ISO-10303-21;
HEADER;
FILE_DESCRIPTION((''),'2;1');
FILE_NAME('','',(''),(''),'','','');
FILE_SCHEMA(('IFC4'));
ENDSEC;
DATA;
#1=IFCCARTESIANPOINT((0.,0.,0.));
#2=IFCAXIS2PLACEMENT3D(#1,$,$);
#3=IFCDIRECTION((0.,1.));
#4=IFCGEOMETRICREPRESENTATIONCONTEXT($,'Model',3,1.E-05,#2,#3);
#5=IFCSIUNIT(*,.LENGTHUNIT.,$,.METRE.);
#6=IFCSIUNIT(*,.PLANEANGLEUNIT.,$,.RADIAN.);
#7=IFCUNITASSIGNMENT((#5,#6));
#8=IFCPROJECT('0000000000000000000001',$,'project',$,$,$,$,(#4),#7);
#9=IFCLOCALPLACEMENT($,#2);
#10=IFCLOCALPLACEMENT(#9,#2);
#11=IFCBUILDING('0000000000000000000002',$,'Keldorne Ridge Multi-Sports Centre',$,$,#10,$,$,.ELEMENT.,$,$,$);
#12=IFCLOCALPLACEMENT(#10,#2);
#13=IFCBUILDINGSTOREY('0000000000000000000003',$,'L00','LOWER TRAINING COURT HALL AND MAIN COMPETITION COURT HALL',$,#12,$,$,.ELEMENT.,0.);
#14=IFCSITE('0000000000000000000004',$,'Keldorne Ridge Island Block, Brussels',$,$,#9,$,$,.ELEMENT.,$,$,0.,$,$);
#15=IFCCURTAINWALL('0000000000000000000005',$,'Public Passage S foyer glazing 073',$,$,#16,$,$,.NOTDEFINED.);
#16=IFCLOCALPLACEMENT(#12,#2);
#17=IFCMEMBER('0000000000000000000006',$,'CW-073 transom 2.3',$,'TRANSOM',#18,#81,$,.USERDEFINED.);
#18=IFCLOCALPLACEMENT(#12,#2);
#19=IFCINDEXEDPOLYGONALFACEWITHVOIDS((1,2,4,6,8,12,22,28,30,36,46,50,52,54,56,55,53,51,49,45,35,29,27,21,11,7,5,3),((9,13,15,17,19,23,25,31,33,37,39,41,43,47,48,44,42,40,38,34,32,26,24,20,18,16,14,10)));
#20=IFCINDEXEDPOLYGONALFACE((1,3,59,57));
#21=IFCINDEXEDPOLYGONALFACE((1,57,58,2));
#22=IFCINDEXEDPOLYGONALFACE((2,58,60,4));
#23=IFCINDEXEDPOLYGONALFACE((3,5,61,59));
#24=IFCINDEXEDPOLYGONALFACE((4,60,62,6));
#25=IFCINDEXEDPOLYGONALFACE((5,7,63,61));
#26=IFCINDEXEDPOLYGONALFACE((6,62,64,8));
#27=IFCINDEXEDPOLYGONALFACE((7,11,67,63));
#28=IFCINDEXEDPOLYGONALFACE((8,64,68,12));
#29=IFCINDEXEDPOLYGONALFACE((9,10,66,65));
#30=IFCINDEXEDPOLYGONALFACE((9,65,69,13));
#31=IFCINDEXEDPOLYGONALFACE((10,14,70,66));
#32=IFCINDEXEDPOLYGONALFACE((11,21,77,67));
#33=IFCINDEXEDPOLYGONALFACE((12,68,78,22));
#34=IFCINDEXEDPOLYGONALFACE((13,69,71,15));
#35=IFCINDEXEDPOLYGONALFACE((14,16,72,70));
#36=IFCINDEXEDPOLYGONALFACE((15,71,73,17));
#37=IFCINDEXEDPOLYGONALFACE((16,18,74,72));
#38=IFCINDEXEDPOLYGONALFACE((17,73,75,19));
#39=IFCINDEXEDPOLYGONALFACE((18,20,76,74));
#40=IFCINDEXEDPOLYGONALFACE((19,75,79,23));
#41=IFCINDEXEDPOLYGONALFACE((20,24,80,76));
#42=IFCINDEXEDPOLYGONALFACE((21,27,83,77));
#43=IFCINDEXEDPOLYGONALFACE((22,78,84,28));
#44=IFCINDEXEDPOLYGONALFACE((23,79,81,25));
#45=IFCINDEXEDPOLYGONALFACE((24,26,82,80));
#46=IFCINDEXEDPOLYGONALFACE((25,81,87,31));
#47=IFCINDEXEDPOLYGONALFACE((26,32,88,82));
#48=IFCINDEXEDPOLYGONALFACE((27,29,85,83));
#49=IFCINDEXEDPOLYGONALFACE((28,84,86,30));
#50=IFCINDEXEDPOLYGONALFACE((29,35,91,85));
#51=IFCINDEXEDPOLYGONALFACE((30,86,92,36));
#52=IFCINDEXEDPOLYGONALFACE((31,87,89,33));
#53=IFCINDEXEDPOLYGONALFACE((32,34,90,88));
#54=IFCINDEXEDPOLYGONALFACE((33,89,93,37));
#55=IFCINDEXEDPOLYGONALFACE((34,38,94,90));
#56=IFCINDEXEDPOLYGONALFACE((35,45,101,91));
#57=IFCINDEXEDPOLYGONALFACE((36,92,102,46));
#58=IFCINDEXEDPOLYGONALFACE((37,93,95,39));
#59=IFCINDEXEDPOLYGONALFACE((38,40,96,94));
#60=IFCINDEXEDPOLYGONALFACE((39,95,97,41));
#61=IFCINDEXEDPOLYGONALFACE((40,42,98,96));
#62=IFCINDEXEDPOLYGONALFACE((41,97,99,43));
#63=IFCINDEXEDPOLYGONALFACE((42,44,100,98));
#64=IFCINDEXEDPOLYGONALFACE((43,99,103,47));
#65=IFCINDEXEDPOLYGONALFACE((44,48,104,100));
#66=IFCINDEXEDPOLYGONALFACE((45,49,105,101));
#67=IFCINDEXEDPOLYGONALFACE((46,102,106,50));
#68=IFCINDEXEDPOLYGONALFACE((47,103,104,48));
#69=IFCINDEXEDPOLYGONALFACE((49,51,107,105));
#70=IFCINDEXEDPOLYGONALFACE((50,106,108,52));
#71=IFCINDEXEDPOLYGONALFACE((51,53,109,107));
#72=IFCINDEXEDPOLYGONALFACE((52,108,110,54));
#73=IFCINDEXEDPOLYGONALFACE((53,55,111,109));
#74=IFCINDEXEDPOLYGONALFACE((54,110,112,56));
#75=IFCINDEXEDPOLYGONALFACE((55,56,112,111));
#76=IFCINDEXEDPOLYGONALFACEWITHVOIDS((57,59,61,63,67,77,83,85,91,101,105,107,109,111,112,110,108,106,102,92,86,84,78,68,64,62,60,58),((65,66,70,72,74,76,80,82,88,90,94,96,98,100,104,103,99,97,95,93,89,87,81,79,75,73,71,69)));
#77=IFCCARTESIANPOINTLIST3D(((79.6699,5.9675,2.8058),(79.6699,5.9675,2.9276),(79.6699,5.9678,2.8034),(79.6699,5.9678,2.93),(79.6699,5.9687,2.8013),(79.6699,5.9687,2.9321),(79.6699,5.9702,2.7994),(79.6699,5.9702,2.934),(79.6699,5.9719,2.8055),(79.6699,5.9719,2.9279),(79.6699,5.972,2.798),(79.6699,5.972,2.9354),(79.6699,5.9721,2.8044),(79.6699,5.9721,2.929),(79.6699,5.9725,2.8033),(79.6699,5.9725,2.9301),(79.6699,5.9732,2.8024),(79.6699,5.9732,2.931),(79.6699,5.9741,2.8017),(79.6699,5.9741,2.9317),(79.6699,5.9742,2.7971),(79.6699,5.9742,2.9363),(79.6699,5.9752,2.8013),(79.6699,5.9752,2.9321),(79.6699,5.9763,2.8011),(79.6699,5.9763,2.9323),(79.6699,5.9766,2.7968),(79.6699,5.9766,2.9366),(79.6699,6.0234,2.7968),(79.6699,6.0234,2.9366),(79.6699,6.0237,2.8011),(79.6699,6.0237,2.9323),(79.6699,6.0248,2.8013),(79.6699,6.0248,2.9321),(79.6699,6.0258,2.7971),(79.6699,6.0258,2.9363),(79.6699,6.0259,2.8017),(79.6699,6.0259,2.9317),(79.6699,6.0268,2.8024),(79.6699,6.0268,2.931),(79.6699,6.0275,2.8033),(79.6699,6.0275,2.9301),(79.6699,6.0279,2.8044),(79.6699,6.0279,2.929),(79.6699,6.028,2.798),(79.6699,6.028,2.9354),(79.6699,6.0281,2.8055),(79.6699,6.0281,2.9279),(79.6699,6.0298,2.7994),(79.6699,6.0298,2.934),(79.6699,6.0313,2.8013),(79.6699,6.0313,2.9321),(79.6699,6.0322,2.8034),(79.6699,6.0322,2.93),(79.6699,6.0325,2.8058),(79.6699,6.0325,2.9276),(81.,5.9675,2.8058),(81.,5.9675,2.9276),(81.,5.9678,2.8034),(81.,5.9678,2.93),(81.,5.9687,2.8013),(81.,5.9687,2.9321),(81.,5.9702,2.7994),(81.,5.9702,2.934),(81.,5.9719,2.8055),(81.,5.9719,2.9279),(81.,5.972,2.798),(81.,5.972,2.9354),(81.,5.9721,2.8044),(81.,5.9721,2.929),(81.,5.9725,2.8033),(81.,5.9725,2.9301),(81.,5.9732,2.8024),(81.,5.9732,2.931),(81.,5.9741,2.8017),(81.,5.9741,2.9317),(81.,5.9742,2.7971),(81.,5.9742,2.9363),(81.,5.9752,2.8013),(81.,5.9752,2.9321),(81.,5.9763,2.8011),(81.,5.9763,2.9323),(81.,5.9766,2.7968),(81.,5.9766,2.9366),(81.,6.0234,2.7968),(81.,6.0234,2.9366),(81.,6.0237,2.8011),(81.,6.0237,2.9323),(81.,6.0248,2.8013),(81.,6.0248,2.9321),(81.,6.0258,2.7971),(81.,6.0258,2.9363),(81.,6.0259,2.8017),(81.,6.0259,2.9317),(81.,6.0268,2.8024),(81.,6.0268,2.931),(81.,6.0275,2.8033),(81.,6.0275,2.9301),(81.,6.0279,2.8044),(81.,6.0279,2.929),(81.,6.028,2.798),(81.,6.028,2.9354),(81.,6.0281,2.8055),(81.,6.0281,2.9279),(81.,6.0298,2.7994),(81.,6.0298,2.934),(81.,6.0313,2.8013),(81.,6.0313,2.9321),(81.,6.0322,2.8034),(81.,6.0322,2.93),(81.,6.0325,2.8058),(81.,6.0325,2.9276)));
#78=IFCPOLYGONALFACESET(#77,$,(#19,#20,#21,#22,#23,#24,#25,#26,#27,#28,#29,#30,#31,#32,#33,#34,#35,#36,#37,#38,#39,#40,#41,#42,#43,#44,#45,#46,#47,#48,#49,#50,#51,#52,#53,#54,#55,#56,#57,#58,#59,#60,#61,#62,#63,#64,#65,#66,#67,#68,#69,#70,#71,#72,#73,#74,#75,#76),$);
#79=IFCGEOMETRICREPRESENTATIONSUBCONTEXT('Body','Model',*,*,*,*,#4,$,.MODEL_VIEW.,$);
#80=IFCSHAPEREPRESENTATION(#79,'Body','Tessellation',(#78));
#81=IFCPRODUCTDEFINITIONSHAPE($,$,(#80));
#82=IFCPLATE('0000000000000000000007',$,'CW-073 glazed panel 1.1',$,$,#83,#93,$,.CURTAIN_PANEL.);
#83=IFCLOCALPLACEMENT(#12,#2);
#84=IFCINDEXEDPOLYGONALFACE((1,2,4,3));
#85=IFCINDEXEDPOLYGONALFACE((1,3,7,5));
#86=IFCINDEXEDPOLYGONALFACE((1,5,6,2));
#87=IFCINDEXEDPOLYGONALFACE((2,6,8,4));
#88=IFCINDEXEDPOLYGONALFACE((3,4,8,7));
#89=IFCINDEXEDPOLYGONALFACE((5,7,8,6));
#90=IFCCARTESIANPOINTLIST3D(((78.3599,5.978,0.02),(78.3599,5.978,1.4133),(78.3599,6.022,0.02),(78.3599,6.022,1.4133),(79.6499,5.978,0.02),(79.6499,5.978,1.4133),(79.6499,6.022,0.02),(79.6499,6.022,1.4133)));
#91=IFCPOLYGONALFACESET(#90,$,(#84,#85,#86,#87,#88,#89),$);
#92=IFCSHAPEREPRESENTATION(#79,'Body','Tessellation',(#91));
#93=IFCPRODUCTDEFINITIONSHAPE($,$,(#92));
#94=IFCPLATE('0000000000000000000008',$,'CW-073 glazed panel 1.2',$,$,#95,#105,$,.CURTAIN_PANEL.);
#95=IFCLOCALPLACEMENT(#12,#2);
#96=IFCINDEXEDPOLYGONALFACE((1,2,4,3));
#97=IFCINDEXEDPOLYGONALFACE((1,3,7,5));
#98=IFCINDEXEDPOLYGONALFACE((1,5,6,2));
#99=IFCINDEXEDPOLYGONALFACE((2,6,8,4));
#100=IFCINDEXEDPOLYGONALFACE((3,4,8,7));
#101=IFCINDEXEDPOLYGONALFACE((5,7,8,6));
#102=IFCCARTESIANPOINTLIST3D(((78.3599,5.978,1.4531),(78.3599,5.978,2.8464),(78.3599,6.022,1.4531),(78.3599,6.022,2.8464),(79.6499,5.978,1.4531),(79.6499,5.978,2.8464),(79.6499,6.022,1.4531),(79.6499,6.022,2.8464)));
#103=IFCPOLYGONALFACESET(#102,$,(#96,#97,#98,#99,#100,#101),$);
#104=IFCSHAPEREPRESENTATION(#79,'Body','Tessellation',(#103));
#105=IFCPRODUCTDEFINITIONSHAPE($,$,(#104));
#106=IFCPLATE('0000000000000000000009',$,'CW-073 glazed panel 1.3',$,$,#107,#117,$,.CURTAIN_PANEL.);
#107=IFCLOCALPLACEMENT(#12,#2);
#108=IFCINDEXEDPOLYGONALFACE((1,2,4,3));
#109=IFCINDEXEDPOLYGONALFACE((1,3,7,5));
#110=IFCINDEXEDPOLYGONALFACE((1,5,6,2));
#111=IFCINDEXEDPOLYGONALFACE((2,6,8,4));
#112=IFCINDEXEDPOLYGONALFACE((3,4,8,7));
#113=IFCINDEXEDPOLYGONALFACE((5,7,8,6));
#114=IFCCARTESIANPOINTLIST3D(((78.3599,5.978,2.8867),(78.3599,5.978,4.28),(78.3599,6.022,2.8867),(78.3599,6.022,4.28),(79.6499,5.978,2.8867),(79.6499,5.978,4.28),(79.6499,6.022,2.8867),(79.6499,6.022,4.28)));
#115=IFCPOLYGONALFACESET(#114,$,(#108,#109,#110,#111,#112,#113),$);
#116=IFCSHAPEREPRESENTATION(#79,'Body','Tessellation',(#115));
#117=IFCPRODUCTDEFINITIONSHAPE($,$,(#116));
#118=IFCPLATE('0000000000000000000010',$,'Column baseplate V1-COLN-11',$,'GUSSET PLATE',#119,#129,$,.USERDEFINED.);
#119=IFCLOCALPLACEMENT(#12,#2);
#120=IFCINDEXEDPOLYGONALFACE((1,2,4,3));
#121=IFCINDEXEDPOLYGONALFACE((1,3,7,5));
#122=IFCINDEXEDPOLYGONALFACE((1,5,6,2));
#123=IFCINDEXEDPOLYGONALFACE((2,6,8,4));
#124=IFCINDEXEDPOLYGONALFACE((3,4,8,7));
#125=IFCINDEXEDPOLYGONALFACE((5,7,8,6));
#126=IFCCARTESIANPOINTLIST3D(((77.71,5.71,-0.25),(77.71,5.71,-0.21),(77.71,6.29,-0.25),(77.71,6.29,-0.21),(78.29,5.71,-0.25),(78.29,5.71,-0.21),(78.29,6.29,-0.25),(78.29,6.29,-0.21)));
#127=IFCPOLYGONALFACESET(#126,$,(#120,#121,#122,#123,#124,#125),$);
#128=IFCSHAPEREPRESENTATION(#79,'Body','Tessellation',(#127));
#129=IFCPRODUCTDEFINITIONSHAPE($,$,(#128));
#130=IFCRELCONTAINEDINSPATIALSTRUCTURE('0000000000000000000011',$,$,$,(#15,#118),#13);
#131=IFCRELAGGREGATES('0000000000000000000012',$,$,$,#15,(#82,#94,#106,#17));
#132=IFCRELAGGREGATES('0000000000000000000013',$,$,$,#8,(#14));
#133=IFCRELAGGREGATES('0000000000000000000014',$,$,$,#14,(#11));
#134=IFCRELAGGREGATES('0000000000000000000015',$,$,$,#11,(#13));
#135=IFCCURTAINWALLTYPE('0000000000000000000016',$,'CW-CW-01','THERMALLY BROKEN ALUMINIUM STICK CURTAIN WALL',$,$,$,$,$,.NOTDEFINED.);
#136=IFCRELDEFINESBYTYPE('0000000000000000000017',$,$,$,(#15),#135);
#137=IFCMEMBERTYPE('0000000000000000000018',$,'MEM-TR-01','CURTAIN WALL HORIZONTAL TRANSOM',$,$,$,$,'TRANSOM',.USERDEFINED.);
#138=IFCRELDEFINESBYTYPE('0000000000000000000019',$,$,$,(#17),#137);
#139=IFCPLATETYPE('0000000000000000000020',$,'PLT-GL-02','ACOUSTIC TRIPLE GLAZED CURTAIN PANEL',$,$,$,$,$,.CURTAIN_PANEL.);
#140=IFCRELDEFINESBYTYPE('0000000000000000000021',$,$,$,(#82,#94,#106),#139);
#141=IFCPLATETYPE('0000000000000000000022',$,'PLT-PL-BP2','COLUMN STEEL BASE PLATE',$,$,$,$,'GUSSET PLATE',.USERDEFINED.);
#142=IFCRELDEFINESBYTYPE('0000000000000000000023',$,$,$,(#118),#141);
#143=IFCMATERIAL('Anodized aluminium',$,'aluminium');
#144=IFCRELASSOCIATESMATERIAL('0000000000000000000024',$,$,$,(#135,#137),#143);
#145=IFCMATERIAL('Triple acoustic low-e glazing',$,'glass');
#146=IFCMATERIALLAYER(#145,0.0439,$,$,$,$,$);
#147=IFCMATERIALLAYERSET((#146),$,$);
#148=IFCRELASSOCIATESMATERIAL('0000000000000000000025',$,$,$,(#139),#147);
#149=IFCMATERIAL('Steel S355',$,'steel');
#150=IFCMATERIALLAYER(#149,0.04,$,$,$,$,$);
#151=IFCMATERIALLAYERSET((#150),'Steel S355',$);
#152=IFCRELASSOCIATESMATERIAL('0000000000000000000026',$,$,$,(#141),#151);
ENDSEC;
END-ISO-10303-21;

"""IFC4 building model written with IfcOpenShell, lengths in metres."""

from ifc_helpers import new_model, si_unit, direction, frame, origin, origin_2d, place, context, subcontext, project, spatial, rectangle, hollow_rectangle, extrude, material, layer, layer_set, material_profile, profile_set, type_object, element, aggregate, save


model = new_model("IFC4")

# Units and contexts
model_context = context("Model", 3, precision=1e-05, world=origin(), true_north=direction((0.0, 1.0)))
body_context = subcontext(model_context, "Body", "Model", "MODEL_VIEW")
ifc_project = project(units=[si_unit("LENGTHUNIT", "METRE"), si_unit("PLANEANGLEUNIT", "RADIAN")], contexts=[model_context])

# Site, building, storey
site_placement = place(None, origin())
site = spatial("IfcSite", under=ifc_project, at=site_placement, Name="Keldorne Ridge Island Block, Brussels", CompositionType="ELEMENT", RefElevation=0.0)
building_placement = place(site_placement, origin())
building = spatial("IfcBuilding", under=site, at=building_placement, Name="Keldorne Ridge Multi-Sports Centre", CompositionType="ELEMENT")
storey_placement = place(building_placement, origin())
storey = spatial("IfcBuildingStorey", under=building, at=storey_placement, Name="L00", Description="LOWER TRAINING COURT HALL AND MAIN COMPETITION COURT HALL", CompositionType="ELEMENT", Elevation=0.0)

# Shared definitions
ifc_material_1 = material(Name="Steel S355", Category="steel")

# Curtain wall, member, plates
ifc_material_2 = material(Name="Anodized aluminium", Category="aluminium")
curtain_wall_type = type_object("IfcCurtainWallType", Name="CW-CW-01", Description="THERMALLY BROKEN ALUMINIUM STICK CURTAIN WALL", PredefinedType="NOTDEFINED", material=ifc_material_2)
curtain_wall_placement = place(storey_placement, origin())
curtain_wall = element("IfcCurtainWall", 1, at=curtain_wall_placement, inside=storey, type_object=curtain_wall_type, Name="Public Passage S foyer glazing 073", PredefinedType="NOTDEFINED")
ifc_material_profile_1 = material_profile(ifc_material_2, hollow_rectangle(XDim=0.0649, YDim=0.1399, WallThickness=0.0044, InnerFilletRadius=0.0044, OuterFilletRadius=0.009, at=origin_2d()), Name="ALU TRANSOM 140x65x4.5")
ifc_profile_set_1 = profile_set([ifc_material_profile_1], Name="Anodized aluminium")
member_type_1 = type_object("IfcMemberType", Name="MEM-TR-01", Description="CURTAIN WALL HORIZONTAL TRANSOM", ElementType="TRANSOM", PredefinedType="USERDEFINED", material=ifc_profile_set_1)
member_1_placement = place(storey_placement, frame((79.6699, 6.0, 2.8667), z_axis=(1.0, 0.0, 0.0), x_axis=(0.0, 1.0, 0.0)))
member_1 = element("IfcMember", 2, at=member_1_placement, type_object=member_type_1, Name="CW-073 transom 2.3", ObjectType="TRANSOM", PredefinedType="USERDEFINED", context=body_context, shape_type="SweptSolid", body=[
    extrude(hollow_rectangle(XDim=0.0649, YDim=0.1399, WallThickness=0.0044, InnerFilletRadius=0.0044, OuterFilletRadius=0.009, at=origin_2d()), origin(), (0.0, 0.0, 1.0), 1.3301),
])
ifc_material_3 = material(Name="Triple acoustic low-e glazing", Category="glass")
ifc_layer_1 = layer(ifc_material_3, 0.0439)
ifc_layer_set_1 = layer_set([ifc_layer_1])
plate_type_1 = type_object("IfcPlateType", Name="PLT-GL-02", Description="ACOUSTIC TRIPLE GLAZED CURTAIN PANEL", PredefinedType="CURTAIN_PANEL", material=ifc_layer_set_1)
plate_1_placement = place(storey_placement, frame((79.0049, 6.0, 0.02), z_axis=(0.0, 0.0, 1.0), x_axis=(1.0, 0.0, 0.0)))
plate_1 = element("IfcPlate", 3, at=plate_1_placement, type_object=plate_type_1, Name="CW-073 glazed panel 1.1", PredefinedType="CURTAIN_PANEL", context=body_context, shape_type="SweptSolid", body=[
    extrude(rectangle(XDim=1.29, YDim=0.0439, at=origin_2d()), origin(), (0.0, 0.0, 1.0), 1.3933),
])
plate_2_placement = place(storey_placement, frame((79.0049, 6.0, 1.4531), z_axis=(0.0, 0.0, 1.0), x_axis=(1.0, 0.0, 0.0)))
plate_2 = element("IfcPlate", 4, at=plate_2_placement, type_object=plate_type_1, Name="CW-073 glazed panel 1.2", PredefinedType="CURTAIN_PANEL", context=body_context, shape_type="SweptSolid", body=[
    extrude(rectangle(XDim=1.29, YDim=0.0439, at=origin_2d()), origin(), (0.0, 0.0, 1.0), 1.3933),
])
plate_3_placement = place(storey_placement, frame((79.0049, 6.0, 2.8867), z_axis=(0.0, 0.0, 1.0), x_axis=(1.0, 0.0, 0.0)))
plate_3 = element("IfcPlate", 5, at=plate_3_placement, type_object=plate_type_1, Name="CW-073 glazed panel 1.3", PredefinedType="CURTAIN_PANEL", context=body_context, shape_type="SweptSolid", body=[
    extrude(rectangle(XDim=1.29, YDim=0.0439, at=origin_2d()), origin(), (0.0, 0.0, 1.0), 1.3933),
])
aggregate(curtain_wall, [plate_1, plate_2, plate_3, member_1])

# Plate
ifc_layer_2 = layer(ifc_material_1, 0.04)
ifc_layer_set_2 = layer_set([ifc_layer_2], Name="Steel S355")
plate_type_2 = type_object("IfcPlateType", Name="PLT-PL-BP2", Description="COLUMN STEEL BASE PLATE", ElementType="GUSSET PLATE", PredefinedType="USERDEFINED", material=ifc_layer_set_2)
plate_4_placement = place(storey_placement, frame((78.0, 6.0, -0.25), z_axis=(0.0, 0.0, 1.0), x_axis=(1.0, 0.0, 0.0)))
element("IfcPlate", 6, at=plate_4_placement, inside=storey, type_object=plate_type_2, Name="Column baseplate V1-COLN-11", ObjectType="GUSSET PLATE", PredefinedType="USERDEFINED", context=body_context, shape_type="SweptSolid", body=[
    extrude(rectangle(XDim=0.5801, YDim=0.5801, at=origin_2d()), origin(), (0.0, 0.0, 1.0), 0.04),
])

save(model, "model.ifc")
